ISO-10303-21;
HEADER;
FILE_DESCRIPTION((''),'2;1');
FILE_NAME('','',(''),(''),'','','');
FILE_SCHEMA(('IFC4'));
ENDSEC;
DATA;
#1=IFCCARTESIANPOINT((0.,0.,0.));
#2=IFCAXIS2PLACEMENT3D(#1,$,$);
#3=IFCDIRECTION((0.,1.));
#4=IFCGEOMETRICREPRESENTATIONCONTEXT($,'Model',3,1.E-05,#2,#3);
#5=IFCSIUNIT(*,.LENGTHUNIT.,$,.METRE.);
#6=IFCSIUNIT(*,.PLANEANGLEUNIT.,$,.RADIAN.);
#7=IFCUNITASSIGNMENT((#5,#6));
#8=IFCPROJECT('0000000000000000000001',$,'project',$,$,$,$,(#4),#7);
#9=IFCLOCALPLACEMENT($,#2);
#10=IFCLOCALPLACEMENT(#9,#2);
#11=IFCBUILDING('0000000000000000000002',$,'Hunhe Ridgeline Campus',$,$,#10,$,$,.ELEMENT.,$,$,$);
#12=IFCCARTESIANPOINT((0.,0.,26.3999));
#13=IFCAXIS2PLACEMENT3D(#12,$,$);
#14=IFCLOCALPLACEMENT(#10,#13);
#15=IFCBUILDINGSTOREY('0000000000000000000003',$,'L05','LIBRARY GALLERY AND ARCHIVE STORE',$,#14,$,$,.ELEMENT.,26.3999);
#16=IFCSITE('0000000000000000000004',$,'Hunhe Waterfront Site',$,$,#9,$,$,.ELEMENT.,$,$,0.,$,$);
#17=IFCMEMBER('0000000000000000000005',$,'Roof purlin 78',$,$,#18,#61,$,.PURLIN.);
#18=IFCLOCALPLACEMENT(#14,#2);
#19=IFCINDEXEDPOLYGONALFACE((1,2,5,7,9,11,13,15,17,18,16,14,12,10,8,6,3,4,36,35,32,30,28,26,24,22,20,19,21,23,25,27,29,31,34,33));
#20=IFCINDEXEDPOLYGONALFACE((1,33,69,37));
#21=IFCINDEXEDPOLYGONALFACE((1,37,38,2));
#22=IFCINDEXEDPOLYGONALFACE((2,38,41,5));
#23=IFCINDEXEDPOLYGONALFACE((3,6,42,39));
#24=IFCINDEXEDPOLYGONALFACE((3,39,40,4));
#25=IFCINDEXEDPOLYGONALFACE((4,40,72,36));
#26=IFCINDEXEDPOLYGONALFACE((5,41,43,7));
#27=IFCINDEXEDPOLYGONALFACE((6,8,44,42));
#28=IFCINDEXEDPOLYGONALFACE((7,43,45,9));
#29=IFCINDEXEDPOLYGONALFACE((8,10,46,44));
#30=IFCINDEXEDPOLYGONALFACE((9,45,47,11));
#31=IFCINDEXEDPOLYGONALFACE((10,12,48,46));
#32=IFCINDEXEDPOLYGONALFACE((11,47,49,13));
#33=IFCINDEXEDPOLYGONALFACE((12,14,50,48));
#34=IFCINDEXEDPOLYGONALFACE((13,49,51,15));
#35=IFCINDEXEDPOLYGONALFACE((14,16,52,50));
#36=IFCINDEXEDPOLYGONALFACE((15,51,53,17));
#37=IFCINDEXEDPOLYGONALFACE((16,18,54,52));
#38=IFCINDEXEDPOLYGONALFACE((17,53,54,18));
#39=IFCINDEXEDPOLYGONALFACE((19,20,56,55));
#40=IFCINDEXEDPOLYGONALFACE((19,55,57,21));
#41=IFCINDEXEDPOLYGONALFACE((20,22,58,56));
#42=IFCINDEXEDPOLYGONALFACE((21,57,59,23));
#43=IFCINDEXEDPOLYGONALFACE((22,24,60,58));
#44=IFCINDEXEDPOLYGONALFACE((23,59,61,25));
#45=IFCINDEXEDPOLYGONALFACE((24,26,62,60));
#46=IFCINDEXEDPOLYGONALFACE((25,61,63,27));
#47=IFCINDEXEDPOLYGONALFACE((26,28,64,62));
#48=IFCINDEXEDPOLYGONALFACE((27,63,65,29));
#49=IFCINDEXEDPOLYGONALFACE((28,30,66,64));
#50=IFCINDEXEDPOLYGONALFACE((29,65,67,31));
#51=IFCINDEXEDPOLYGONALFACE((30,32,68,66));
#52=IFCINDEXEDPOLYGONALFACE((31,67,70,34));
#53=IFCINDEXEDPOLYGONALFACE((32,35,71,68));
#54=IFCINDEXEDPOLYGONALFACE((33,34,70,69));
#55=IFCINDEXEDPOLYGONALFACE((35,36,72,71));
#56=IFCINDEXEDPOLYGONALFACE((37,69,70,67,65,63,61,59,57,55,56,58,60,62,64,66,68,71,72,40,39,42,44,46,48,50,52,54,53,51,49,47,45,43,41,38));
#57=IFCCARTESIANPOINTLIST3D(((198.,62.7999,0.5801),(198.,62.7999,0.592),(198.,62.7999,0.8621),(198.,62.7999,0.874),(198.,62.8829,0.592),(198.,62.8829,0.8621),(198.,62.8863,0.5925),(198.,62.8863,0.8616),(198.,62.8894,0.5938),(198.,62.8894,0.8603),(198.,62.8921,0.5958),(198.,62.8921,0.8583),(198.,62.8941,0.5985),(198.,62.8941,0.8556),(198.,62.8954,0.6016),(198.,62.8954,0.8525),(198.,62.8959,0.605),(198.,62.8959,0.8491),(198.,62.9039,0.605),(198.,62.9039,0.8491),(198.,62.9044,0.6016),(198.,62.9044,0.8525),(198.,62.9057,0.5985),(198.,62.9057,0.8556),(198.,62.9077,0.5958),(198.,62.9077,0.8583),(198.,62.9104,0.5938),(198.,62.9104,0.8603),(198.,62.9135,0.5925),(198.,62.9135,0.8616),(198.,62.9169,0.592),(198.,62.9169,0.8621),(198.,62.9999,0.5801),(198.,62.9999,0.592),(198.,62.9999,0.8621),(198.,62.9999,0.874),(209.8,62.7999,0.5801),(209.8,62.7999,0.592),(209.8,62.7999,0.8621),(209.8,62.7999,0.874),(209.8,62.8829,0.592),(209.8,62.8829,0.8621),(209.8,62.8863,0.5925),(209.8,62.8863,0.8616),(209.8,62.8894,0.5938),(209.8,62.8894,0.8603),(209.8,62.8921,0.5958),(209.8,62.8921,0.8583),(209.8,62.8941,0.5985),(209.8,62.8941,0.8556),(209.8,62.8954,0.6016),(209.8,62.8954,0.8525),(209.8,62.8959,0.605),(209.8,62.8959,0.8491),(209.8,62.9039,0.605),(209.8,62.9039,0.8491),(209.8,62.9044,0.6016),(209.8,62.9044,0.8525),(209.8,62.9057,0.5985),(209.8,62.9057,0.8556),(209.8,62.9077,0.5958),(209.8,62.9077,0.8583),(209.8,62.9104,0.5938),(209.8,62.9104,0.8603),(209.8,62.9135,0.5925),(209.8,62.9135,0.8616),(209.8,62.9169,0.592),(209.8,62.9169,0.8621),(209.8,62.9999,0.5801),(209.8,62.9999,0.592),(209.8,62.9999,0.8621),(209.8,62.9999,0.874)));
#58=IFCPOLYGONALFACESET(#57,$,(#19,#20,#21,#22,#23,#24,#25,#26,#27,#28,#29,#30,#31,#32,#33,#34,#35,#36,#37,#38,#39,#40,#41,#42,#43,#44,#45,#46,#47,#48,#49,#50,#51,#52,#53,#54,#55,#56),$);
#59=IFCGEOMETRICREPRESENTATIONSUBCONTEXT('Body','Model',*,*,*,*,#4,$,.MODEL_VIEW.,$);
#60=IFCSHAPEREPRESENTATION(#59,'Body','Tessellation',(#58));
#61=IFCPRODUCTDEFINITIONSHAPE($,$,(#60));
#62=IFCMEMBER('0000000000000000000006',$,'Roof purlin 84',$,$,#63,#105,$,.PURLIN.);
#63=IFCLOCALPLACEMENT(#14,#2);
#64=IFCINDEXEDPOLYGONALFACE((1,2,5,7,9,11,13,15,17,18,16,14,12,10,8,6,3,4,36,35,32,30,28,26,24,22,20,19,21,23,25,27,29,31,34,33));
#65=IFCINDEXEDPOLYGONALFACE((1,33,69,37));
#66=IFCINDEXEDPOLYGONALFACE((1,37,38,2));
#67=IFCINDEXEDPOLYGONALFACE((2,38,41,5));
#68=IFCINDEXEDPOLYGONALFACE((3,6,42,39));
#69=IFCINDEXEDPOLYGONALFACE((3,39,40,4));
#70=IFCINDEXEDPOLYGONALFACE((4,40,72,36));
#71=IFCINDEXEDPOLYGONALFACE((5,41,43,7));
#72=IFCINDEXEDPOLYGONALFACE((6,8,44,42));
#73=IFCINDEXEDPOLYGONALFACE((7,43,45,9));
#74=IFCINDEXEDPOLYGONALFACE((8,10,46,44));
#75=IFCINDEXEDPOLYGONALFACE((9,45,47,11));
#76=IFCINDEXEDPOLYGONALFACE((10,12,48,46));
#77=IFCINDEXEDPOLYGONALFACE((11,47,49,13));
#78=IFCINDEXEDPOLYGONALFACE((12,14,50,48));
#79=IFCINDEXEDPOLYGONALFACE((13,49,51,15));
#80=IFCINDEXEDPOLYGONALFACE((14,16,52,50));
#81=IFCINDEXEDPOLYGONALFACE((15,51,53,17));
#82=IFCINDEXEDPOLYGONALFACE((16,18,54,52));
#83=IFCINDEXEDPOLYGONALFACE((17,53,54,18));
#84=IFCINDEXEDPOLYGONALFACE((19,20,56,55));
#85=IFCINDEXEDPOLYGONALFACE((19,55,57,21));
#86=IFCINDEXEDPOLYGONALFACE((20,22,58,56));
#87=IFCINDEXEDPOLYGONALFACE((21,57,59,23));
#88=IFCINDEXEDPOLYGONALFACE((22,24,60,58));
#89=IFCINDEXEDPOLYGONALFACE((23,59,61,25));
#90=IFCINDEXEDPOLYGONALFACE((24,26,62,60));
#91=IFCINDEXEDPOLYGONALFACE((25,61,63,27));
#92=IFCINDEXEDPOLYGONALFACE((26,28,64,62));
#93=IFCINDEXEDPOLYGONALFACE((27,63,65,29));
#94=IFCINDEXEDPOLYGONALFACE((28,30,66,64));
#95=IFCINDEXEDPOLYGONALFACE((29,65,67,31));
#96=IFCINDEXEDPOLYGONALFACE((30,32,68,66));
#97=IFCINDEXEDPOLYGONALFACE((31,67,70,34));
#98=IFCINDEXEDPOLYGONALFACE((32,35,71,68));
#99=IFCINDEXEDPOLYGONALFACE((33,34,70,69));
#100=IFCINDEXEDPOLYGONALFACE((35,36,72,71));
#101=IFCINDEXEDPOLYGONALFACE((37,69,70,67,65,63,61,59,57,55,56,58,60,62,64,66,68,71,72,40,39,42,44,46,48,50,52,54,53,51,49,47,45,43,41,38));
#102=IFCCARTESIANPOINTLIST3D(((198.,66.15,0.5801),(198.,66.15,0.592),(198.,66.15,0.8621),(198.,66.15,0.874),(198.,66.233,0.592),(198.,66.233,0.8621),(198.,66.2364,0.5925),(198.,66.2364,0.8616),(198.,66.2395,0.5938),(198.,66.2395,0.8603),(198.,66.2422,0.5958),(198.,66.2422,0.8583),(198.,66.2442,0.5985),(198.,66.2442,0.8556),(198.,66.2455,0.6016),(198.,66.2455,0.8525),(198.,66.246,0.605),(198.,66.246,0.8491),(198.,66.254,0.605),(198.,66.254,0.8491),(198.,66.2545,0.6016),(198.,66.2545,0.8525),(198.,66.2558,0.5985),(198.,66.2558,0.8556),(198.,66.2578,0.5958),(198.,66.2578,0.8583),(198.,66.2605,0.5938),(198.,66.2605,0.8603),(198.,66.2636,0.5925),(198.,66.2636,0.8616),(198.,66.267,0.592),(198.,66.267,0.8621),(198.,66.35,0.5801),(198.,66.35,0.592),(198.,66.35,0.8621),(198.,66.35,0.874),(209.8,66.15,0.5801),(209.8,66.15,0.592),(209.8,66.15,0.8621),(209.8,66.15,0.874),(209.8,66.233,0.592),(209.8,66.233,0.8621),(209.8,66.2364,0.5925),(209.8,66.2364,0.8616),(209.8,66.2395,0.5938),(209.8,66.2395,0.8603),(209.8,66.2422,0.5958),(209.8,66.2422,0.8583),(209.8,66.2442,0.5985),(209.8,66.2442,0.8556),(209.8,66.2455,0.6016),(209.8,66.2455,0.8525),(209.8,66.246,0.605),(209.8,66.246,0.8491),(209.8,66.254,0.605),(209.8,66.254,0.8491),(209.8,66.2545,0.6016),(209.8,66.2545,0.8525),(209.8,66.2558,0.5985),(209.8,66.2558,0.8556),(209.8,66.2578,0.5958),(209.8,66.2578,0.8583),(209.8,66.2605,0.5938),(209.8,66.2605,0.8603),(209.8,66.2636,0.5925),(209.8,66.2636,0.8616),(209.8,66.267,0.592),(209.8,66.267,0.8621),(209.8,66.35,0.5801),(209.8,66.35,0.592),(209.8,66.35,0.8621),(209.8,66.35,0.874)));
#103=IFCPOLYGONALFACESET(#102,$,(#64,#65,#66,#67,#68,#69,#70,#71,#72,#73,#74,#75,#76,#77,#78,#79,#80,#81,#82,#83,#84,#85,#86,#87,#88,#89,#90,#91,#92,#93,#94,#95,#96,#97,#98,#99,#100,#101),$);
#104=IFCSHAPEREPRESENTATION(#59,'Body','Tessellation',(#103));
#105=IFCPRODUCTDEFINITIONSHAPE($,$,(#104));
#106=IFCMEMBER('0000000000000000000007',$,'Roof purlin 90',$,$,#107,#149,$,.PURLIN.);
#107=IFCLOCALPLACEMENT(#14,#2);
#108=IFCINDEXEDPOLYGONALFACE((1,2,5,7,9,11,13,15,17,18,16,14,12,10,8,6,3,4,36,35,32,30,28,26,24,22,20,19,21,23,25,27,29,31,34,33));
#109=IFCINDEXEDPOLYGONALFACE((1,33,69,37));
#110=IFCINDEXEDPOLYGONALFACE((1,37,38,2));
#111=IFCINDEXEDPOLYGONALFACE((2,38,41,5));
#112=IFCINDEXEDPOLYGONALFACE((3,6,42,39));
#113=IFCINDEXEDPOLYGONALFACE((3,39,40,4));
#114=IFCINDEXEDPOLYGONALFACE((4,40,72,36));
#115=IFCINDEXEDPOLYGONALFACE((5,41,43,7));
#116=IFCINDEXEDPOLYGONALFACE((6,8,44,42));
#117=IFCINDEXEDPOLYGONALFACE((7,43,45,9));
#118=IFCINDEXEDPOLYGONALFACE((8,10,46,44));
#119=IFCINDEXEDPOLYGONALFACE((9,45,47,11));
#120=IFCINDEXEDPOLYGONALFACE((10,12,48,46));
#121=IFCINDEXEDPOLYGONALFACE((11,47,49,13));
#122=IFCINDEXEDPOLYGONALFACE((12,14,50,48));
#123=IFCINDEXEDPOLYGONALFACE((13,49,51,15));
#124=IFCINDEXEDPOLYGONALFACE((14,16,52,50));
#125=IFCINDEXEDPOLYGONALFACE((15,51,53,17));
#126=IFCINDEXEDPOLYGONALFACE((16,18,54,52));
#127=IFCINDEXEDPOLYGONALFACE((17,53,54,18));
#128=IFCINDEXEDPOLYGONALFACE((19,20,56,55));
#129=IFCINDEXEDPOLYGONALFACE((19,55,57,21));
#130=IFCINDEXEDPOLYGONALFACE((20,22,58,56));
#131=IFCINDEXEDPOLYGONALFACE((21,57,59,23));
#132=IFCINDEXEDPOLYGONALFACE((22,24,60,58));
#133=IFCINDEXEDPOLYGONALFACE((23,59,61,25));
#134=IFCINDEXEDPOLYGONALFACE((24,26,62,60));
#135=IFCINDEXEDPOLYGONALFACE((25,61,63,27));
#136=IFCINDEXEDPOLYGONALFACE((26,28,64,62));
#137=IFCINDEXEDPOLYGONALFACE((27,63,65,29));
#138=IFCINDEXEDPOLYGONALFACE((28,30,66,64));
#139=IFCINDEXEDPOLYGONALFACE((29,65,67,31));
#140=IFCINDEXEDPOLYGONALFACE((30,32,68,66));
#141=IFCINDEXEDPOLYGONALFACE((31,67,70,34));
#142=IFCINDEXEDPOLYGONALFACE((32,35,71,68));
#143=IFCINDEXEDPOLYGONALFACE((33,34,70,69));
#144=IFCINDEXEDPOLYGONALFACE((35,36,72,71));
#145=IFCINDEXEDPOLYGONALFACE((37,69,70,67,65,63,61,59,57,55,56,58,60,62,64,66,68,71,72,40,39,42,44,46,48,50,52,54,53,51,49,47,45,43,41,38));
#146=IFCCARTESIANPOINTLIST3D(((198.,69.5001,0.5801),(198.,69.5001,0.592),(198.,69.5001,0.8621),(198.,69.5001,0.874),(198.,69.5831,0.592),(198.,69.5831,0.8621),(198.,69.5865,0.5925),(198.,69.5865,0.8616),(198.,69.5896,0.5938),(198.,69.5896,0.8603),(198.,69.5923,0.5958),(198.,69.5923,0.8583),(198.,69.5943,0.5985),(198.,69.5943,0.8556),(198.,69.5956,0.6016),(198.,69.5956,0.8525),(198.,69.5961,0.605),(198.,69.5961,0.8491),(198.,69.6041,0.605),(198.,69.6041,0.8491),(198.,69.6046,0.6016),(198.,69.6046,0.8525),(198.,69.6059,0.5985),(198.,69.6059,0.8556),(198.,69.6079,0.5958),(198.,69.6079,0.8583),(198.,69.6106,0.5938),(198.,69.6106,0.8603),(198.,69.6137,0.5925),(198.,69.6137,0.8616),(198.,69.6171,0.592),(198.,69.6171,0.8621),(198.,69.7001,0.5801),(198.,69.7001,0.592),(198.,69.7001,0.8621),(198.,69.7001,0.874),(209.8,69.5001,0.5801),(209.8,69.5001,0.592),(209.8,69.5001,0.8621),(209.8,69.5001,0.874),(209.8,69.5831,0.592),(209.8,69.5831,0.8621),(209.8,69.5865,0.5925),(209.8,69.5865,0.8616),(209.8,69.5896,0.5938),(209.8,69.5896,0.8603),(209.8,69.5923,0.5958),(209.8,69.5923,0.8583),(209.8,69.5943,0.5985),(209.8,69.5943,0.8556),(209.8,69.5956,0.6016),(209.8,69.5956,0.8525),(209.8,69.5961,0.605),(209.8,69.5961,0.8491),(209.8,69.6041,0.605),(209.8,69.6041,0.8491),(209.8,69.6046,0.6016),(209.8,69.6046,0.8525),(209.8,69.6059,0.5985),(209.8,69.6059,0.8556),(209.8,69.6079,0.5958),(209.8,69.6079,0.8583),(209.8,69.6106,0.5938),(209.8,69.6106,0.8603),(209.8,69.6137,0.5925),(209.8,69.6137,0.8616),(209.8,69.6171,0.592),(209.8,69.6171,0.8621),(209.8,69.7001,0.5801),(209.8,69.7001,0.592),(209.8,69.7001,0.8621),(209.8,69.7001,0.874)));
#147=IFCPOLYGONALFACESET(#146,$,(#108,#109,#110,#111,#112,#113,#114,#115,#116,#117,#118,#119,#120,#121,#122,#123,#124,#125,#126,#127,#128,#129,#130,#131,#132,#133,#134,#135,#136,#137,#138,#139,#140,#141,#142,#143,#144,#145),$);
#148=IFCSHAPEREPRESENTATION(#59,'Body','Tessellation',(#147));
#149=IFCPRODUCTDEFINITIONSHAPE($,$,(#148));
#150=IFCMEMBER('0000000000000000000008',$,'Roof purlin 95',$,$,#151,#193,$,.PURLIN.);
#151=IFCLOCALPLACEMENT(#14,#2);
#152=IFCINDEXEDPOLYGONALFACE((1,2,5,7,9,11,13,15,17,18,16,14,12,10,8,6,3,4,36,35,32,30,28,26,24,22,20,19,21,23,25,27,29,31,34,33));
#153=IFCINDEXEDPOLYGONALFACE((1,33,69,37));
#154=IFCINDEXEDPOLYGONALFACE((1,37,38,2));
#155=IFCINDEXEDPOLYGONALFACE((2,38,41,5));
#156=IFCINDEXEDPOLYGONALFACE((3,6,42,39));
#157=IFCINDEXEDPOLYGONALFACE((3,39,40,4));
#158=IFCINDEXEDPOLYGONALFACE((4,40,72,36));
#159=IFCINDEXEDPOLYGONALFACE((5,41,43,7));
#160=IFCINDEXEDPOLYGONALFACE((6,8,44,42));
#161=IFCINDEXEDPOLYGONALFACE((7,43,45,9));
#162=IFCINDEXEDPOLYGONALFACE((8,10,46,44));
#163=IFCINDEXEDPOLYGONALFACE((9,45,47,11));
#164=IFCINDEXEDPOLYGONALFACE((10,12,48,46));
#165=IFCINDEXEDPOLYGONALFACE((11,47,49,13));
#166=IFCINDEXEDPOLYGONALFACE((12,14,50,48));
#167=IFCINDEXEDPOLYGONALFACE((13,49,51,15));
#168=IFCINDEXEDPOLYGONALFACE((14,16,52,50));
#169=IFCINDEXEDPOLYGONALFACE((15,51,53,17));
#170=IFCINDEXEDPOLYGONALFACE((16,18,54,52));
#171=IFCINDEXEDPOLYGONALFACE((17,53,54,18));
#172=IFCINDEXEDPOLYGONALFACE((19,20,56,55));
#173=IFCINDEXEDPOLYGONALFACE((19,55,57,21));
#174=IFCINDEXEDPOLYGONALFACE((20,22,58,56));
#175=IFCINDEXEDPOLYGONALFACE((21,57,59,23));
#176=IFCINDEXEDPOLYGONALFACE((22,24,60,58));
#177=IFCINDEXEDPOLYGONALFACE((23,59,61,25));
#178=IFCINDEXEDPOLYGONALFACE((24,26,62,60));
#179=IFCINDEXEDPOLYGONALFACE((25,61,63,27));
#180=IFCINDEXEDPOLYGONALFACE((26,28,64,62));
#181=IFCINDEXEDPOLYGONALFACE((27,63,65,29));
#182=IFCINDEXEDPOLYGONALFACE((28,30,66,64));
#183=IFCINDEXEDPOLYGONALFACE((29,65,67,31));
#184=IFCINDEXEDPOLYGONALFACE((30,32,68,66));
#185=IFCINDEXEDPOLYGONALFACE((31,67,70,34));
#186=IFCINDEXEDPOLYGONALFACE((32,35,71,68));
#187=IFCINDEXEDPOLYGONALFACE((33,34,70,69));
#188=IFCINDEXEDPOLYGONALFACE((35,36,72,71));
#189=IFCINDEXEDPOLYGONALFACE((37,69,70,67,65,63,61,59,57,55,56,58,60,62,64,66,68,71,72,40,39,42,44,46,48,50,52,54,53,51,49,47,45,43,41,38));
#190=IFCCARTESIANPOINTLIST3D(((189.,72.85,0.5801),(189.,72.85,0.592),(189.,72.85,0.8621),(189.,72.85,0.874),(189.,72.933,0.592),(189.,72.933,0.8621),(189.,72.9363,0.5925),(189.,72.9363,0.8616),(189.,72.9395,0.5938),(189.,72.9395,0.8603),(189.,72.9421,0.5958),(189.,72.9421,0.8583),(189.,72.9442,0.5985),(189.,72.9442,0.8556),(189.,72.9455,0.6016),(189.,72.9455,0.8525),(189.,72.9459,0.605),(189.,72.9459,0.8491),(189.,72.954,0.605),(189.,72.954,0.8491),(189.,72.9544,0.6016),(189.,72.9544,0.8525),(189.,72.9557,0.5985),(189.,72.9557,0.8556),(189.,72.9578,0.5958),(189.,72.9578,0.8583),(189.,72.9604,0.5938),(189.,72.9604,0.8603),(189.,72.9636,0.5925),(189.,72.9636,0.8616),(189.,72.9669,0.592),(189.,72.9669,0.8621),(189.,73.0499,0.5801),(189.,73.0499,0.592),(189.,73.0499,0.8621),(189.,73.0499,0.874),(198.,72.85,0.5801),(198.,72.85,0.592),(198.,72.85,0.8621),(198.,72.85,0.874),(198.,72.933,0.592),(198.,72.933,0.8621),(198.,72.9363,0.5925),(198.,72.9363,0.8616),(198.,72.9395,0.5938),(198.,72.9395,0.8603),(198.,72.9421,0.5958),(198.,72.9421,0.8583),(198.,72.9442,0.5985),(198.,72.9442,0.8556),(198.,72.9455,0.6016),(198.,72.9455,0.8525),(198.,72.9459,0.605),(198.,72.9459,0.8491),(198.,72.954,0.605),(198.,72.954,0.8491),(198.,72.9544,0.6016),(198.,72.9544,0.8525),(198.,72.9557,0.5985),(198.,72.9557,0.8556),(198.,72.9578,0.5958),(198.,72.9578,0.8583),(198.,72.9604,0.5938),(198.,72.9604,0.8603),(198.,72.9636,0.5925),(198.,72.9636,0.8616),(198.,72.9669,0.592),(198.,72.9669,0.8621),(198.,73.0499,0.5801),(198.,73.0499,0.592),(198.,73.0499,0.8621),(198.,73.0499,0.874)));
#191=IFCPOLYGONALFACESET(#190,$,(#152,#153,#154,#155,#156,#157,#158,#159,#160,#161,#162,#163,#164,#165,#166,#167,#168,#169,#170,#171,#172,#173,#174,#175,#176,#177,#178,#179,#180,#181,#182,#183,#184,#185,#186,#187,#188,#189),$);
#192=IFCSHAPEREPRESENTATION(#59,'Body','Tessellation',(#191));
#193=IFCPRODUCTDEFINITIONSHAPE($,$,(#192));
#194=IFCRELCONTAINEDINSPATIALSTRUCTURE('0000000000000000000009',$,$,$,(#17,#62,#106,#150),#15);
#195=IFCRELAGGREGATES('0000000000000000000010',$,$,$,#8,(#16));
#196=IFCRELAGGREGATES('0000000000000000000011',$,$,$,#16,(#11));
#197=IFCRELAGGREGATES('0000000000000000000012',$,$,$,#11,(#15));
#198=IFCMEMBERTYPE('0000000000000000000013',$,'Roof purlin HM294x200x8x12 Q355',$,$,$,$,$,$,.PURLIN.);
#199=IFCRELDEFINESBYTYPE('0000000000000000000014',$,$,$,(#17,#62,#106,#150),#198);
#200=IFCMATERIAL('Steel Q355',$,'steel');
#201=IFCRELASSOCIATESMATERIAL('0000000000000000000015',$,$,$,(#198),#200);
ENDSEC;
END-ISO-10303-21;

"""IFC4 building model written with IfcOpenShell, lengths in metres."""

from ifc_helpers import new_model, si_unit, direction, frame, origin, origin_2d, place, context, subcontext, project, spatial, i_section, extrude, material, material_profile, profile_set, type_object, element, save


model = new_model("IFC4")

# Units and contexts
model_context = context("Model", 3, precision=1e-05, world=origin(), true_north=direction((0.0, 1.0)))
body_context = subcontext(model_context, "Body", "Model", "MODEL_VIEW")
ifc_project = project(units=[si_unit("LENGTHUNIT", "METRE"), si_unit("PLANEANGLEUNIT", "RADIAN")], contexts=[model_context])

# Site, building, storey
site_placement = place(None, origin())
site = spatial("IfcSite", under=ifc_project, at=site_placement, Name="Hunhe Waterfront Site", CompositionType="ELEMENT", RefElevation=0.0)
building_placement = place(site_placement, origin())
building = spatial("IfcBuilding", under=site, at=building_placement, Name="Hunhe Ridgeline Campus", CompositionType="ELEMENT")
storey_placement = place(building_placement, frame((0.0, 0.0, 26.3999)))
storey = spatial("IfcBuildingStorey", under=building, at=storey_placement, Name="L05", Description="LIBRARY GALLERY AND ARCHIVE STORE", CompositionType="ELEMENT", Elevation=26.3999)

# Members
ifc_material = material(Name="Steel Q355", Category="steel")
ifc_material_profile_1 = material_profile(ifc_material, i_section(OverallWidth=0.2, OverallDepth=0.2939, WebThickness=0.0081, FlangeThickness=0.012, FilletRadius=0.0129, at=origin_2d()))
ifc_profile_set_1 = profile_set([ifc_material_profile_1], Name="Steel Q355")
member_type_1 = type_object("IfcMemberType", Name="Roof purlin HM294x200x8x12 Q355", PredefinedType="PURLIN", material=ifc_profile_set_1)
for number, where, z_axis, x_axis, name in (
    (1, (198.0, 62.8999, 0.7271), (1.0, 0.0, 0.0), (0.0, 1.0, 0.0), "Roof purlin 78"),
    (2, (198.0, 66.25, 0.7271), (1.0, 0.0, 0.0), (0.0, 1.0, 0.0), "Roof purlin 84"),
    (3, (198.0, 69.6001, 0.7271), (1.0, 0.0, 0.0), (0.0, 1.0, 0.0), "Roof purlin 90"),
):
    element("IfcMember", number, at=place(storey_placement, frame(where, z_axis=z_axis, x_axis=x_axis)), inside=storey, type_object=member_type_1, Name=name, PredefinedType="PURLIN", context=body_context, shape_type="SweptSolid", body=[
        extrude(i_section(OverallWidth=0.2, OverallDepth=0.2939, WebThickness=0.0081, FlangeThickness=0.012, FilletRadius=0.0129, at=origin_2d()), origin(), (0.0, 0.0, 1.0), 11.8),
    ])
member_1_placement = place(storey_placement, frame((189.0, 72.95, 0.7271), z_axis=(1.0, 0.0, 0.0), x_axis=(0.0, 1.0, 0.0)))
element("IfcMember", 4, at=member_1_placement, inside=storey, type_object=member_type_1, Name="Roof purlin 95", PredefinedType="PURLIN", context=body_context, shape_type="SweptSolid", body=[
    extrude(i_section(OverallWidth=0.2, OverallDepth=0.2939, WebThickness=0.0081, FlangeThickness=0.012, FilletRadius=0.0129, at=origin_2d()), origin(), (0.0, 0.0, 1.0), 9.0),
])

save(model, "model.ifc")
